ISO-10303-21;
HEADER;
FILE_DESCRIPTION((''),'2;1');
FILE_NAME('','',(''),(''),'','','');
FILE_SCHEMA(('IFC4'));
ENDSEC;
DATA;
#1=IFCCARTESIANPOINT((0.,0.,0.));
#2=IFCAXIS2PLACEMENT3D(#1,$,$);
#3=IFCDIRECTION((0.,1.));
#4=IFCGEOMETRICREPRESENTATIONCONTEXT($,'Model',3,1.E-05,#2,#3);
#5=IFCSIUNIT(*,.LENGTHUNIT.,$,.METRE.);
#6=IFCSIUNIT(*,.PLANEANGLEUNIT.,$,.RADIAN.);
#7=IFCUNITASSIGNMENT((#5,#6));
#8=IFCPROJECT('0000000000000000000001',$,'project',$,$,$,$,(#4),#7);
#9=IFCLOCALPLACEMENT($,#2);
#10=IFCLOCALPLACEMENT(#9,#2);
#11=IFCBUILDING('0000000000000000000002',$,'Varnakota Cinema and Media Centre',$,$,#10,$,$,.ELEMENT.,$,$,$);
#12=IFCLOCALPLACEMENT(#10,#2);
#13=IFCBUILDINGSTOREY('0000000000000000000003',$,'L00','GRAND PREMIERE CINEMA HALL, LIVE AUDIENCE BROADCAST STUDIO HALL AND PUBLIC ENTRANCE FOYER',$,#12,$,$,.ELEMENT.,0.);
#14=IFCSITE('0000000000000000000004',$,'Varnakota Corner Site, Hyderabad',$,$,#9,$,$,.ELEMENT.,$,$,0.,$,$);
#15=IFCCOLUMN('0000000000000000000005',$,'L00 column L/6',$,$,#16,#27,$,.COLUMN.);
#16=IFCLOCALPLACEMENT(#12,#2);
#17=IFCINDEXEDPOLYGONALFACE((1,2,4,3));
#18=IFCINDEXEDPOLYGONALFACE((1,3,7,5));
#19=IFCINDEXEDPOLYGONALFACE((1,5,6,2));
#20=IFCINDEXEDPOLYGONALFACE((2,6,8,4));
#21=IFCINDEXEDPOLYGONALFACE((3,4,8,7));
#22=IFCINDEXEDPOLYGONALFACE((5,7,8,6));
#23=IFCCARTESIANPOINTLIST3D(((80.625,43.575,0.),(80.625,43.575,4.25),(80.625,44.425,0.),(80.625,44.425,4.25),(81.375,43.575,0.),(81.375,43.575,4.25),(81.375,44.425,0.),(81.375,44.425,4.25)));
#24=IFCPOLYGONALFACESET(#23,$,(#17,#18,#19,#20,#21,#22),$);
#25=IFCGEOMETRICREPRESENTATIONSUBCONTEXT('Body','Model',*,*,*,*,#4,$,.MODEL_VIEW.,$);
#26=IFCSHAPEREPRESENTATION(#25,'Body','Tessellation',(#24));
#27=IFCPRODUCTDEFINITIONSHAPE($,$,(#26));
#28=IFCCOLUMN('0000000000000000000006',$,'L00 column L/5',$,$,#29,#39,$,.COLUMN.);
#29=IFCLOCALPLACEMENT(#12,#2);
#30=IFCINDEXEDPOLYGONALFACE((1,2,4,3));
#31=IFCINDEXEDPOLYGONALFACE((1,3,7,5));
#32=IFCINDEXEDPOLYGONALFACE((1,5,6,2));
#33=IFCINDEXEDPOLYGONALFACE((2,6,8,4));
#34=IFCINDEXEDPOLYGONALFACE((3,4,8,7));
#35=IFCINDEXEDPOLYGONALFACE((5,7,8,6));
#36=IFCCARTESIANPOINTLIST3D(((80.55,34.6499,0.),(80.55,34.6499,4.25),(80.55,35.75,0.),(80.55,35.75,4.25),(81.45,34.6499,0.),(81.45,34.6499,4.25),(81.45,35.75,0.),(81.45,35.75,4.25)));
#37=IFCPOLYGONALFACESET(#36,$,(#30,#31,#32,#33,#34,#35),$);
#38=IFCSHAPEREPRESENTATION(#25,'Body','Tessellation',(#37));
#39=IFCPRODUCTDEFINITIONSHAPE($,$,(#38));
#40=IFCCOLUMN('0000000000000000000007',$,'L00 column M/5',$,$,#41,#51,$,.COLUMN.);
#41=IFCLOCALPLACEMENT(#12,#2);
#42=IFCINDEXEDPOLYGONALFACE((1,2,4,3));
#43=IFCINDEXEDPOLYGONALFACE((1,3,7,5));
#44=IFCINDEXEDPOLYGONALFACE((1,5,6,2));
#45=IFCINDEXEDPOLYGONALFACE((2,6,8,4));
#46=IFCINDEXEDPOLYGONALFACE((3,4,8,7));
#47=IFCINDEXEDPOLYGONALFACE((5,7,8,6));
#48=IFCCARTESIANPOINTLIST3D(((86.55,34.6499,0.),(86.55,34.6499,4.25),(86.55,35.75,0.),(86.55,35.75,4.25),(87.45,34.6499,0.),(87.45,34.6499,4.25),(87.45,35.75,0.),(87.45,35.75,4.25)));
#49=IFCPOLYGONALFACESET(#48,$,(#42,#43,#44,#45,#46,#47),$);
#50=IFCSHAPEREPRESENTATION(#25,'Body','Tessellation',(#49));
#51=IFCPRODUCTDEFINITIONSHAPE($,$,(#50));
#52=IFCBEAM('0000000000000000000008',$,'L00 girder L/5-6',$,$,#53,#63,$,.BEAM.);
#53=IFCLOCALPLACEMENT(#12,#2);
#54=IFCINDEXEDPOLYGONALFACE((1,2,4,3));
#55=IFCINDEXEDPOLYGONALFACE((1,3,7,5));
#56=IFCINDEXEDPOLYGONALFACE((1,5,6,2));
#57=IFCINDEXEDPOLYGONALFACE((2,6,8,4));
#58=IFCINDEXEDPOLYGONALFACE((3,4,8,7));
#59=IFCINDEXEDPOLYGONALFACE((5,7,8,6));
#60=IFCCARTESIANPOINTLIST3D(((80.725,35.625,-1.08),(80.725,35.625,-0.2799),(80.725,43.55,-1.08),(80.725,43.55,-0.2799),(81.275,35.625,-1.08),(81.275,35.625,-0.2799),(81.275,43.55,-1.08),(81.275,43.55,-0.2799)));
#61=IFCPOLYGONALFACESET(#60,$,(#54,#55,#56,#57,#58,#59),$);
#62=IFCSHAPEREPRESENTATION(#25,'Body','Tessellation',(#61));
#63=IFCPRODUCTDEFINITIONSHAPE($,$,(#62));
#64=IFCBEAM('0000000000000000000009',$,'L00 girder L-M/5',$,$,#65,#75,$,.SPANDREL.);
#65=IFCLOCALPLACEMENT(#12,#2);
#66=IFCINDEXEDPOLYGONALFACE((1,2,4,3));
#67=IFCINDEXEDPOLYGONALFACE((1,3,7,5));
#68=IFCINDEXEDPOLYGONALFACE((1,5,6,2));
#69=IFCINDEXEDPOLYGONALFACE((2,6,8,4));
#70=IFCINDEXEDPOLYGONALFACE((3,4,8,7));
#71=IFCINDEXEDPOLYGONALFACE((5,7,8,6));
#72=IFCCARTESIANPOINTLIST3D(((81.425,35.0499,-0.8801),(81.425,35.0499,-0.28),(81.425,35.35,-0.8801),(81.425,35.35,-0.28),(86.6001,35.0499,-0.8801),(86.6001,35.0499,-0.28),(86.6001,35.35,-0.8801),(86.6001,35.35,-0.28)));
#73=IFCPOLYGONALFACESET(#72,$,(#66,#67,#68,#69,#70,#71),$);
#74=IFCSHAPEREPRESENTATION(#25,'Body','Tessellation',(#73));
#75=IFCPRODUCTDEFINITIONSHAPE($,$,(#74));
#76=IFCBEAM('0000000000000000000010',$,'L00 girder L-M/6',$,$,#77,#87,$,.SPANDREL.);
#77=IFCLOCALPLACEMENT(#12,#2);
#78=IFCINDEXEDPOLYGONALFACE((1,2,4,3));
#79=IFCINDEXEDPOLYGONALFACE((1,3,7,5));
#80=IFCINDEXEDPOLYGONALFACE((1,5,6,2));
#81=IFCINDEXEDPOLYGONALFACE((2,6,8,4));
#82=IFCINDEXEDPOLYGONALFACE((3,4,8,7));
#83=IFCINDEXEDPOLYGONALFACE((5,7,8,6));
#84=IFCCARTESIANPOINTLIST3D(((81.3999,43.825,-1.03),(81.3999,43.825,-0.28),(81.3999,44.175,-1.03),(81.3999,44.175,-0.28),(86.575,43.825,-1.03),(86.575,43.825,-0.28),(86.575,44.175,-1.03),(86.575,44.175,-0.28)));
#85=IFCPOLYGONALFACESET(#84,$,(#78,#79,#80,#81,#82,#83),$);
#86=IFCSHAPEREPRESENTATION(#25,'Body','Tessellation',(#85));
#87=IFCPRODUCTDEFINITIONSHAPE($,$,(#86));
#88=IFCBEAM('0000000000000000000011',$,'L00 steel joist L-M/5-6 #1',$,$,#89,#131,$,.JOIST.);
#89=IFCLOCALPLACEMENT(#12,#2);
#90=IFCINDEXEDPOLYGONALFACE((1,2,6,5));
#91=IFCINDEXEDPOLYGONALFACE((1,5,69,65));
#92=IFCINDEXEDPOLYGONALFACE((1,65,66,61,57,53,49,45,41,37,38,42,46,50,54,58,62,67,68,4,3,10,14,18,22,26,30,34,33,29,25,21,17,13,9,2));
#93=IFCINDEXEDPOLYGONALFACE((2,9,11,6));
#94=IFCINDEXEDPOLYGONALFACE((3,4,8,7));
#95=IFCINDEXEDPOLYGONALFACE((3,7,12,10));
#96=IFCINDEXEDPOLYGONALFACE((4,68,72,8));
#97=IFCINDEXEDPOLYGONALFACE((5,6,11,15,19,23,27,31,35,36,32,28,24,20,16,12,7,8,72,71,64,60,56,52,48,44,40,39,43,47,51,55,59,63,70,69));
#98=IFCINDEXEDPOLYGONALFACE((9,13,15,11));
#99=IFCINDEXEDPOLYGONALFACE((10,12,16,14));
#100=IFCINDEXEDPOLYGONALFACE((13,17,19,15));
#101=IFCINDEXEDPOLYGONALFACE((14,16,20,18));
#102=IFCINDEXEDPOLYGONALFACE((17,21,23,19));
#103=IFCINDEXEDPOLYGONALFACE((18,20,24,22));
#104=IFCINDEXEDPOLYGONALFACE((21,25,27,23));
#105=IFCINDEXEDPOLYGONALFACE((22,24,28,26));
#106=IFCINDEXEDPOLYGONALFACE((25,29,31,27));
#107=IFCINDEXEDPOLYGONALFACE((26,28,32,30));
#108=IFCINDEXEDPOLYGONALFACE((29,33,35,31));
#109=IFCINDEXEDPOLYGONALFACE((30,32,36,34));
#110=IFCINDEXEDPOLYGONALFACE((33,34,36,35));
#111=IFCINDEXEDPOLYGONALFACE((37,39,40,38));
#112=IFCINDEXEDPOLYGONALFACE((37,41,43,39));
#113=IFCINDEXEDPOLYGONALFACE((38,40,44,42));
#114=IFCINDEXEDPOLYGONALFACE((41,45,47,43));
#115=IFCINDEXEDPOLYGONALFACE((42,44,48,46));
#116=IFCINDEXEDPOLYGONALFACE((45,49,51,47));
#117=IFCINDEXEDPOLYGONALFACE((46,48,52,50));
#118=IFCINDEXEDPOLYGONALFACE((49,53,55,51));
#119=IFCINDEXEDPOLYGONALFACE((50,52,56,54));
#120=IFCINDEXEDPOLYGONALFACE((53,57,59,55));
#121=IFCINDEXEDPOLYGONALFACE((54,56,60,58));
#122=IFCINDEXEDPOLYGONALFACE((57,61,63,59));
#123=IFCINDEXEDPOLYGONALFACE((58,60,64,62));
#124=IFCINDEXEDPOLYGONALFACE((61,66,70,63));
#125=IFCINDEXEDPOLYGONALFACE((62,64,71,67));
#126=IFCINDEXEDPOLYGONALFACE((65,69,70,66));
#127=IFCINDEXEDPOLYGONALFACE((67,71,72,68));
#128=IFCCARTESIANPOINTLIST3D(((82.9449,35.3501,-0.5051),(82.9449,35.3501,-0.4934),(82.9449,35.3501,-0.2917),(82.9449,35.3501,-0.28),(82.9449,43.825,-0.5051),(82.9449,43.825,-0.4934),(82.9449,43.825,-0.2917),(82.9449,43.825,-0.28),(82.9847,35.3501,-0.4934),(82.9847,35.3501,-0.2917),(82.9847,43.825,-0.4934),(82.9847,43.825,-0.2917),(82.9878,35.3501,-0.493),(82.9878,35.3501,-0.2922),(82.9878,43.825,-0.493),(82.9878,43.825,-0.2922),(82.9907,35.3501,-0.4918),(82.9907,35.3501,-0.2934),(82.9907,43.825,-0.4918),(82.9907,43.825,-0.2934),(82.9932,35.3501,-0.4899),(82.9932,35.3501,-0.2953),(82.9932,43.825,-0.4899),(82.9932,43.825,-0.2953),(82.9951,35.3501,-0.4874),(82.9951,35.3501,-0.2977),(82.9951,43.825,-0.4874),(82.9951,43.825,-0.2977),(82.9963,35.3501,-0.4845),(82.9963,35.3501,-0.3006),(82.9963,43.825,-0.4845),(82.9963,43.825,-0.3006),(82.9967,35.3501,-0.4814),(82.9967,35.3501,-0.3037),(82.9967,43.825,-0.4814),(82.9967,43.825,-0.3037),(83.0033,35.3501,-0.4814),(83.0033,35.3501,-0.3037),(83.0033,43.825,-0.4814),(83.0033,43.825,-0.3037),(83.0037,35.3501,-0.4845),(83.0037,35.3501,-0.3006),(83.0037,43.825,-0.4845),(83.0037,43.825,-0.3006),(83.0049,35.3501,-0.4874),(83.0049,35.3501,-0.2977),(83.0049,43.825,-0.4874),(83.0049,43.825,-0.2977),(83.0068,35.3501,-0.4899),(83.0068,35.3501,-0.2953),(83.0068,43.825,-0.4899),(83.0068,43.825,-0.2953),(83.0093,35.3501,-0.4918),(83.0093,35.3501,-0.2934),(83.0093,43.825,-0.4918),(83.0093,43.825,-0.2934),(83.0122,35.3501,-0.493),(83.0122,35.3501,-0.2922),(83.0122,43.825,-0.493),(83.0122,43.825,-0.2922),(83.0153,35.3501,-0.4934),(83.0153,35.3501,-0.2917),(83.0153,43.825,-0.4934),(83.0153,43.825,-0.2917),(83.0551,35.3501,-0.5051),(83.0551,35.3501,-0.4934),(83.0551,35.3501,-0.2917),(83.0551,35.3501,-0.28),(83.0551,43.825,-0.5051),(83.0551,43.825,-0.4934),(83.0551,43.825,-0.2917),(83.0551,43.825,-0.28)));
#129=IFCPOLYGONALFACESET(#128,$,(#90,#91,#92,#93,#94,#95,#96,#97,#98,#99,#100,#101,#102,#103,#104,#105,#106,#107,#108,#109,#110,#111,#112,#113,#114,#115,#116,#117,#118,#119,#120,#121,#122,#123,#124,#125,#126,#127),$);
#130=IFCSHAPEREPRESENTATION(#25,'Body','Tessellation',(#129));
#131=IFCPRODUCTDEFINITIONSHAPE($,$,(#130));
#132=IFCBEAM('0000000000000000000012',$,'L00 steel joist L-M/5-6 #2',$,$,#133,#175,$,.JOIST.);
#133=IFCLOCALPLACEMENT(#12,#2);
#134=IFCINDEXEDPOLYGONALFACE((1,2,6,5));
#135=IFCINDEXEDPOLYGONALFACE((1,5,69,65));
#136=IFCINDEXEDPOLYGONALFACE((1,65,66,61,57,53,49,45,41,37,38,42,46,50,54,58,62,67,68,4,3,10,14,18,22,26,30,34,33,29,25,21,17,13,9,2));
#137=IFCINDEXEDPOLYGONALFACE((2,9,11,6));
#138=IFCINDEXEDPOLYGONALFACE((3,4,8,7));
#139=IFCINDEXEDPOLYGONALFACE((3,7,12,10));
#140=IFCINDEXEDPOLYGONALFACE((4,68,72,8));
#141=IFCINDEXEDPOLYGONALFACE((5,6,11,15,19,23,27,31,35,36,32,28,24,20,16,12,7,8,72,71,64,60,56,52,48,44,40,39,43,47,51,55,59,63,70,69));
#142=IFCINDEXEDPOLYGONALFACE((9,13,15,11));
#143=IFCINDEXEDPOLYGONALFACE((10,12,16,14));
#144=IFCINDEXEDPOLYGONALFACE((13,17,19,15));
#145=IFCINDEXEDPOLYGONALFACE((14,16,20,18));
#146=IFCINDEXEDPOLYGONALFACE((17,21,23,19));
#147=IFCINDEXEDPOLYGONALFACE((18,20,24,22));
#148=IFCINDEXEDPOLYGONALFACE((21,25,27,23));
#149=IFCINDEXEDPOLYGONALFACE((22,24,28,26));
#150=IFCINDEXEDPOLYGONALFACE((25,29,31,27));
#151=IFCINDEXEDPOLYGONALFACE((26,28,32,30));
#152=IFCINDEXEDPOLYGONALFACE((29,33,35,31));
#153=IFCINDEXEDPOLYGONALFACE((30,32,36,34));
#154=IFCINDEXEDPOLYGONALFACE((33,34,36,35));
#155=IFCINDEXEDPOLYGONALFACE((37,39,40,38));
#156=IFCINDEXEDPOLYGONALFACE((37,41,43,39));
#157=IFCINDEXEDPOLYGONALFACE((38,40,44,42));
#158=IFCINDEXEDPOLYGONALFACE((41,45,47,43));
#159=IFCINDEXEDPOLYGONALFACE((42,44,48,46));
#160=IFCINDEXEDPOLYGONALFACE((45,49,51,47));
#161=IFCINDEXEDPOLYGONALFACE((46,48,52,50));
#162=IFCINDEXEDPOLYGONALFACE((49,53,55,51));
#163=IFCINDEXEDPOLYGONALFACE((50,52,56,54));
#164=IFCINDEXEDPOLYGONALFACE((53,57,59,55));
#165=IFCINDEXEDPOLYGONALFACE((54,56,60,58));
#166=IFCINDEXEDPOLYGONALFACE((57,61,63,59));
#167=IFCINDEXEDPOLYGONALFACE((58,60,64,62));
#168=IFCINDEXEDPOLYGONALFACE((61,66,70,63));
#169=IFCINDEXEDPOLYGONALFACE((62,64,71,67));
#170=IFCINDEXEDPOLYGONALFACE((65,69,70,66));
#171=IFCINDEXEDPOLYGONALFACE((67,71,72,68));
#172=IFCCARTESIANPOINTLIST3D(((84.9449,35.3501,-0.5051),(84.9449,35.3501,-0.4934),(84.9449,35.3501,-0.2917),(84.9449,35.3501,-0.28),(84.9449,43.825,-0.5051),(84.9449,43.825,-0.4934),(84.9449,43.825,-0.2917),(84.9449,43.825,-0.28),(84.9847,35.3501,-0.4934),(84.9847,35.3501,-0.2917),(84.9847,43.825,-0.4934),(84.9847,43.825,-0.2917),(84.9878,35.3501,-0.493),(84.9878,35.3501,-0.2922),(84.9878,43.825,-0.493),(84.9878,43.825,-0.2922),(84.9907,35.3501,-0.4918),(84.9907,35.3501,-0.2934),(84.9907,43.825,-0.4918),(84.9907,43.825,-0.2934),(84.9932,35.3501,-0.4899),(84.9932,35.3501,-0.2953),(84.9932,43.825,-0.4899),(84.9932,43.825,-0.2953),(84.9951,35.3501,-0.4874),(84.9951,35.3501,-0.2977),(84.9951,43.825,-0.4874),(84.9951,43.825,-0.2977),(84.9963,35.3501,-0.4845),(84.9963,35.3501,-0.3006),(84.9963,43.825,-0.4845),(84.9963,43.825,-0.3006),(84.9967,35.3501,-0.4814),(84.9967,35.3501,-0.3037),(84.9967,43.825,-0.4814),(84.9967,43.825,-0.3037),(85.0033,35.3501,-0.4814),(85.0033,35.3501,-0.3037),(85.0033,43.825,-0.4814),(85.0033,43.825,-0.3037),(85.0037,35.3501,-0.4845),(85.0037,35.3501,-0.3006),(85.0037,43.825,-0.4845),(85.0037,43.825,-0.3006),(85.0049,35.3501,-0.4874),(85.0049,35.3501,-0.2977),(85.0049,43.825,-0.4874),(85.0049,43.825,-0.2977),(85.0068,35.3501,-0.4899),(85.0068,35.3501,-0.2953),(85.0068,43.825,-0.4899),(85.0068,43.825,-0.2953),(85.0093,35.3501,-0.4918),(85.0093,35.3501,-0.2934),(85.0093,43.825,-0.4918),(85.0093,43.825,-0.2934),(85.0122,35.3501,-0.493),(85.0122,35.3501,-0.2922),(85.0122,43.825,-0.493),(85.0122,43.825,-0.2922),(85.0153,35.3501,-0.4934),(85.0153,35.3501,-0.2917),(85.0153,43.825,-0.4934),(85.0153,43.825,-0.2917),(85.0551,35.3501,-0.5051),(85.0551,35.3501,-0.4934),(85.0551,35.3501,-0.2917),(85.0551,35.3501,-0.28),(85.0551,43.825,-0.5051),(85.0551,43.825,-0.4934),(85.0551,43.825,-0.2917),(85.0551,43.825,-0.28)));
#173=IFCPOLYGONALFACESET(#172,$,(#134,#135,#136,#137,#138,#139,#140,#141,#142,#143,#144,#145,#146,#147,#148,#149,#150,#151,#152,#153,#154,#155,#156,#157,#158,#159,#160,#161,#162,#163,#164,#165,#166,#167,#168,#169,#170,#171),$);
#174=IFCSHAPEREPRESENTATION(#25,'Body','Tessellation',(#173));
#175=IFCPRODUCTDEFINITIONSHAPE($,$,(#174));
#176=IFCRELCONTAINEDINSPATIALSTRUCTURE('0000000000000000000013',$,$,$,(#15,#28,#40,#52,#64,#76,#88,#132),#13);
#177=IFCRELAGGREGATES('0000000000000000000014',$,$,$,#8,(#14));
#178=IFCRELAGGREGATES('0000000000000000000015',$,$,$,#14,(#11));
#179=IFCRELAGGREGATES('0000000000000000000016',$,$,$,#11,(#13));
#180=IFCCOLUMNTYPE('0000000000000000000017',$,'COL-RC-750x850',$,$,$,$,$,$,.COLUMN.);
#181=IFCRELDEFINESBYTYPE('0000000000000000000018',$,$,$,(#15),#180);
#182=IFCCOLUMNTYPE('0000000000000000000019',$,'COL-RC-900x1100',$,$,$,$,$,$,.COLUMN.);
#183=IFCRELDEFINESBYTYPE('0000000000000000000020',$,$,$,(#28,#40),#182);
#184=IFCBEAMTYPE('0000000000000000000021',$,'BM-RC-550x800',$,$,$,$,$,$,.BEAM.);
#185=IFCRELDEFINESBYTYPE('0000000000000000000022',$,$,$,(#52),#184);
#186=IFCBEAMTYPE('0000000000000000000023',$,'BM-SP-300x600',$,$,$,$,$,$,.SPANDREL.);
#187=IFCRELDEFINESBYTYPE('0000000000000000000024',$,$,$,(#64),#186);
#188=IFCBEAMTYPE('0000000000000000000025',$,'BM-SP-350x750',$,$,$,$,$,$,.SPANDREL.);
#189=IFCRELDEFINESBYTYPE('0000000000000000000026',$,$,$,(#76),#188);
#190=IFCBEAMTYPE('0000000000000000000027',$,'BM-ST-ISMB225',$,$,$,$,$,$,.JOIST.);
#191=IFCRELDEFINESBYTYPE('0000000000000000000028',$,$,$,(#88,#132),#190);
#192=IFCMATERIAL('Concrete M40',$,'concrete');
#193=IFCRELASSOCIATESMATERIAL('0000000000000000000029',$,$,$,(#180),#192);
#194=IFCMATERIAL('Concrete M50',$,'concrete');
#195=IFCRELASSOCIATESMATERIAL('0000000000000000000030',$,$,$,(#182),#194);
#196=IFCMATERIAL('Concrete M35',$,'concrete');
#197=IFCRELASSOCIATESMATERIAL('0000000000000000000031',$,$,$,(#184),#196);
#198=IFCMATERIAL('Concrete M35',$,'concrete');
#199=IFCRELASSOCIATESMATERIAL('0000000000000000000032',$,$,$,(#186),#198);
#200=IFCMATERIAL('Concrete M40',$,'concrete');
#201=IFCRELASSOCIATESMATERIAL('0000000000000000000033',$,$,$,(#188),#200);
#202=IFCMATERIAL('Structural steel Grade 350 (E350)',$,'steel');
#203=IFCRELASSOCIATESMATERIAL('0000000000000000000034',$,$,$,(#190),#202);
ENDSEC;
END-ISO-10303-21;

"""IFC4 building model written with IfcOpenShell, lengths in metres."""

from ifc_helpers import new_model, si_unit, direction, frame, origin, origin_2d, place, context, subcontext, project, spatial, rectangle, i_section, extrude, material, material_profile, profile_set, type_object, element, save


model = new_model("IFC4")

# Units and contexts
model_context = context("Model", 3, precision=1e-05, world=origin(), true_north=direction((0.0, 1.0)))
body_context = subcontext(model_context, "Body", "Model", "MODEL_VIEW")
ifc_project = project(units=[si_unit("LENGTHUNIT", "METRE"), si_unit("PLANEANGLEUNIT", "RADIAN")], contexts=[model_context])

# Site, building, storey
site_placement = place(None, origin())
site = spatial("IfcSite", under=ifc_project, at=site_placement, Name="Varnakota Corner Site, Hyderabad", CompositionType="ELEMENT", RefElevation=0.0)
building_placement = place(site_placement, origin())
building = spatial("IfcBuilding", under=site, at=building_placement, Name="Varnakota Cinema and Media Centre", CompositionType="ELEMENT")
storey_placement = place(building_placement, origin())
storey = spatial("IfcBuildingStorey", under=building, at=storey_placement, Name="L00", Description="GRAND PREMIERE CINEMA HALL, LIVE AUDIENCE BROADCAST STUDIO HALL AND PUBLIC ENTRANCE FOYER", CompositionType="ELEMENT", Elevation=0.0)

# Columns
ifc_material_1 = material(Name="Concrete M40", Category="concrete")
ifc_material_profile_1 = material_profile(ifc_material_1, rectangle(XDim=0.75, YDim=0.8501, at=origin_2d()), Name="RC 750x850")
ifc_profile_set_1 = profile_set([ifc_material_profile_1], Name="Concrete M40")
column_type_1 = type_object("IfcColumnType", Name="COL-RC-750x850", PredefinedType="COLUMN", material=ifc_profile_set_1)
column_placement = place(storey_placement, frame((81.0, 44.0, 0.0), z_axis=(0.0, 0.0, 1.0), x_axis=(1.0, 0.0, 0.0)))
element("IfcColumn", 1, at=column_placement, inside=storey, type_object=column_type_1, Name="L00 column L/6", PredefinedType="COLUMN", context=body_context, shape_type="SweptSolid", body=[
    extrude(rectangle(XDim=0.75, YDim=0.8501, at=origin_2d()), origin(), (0.0, 0.0, 1.0), 4.25),
])
ifc_material_2 = material(Name="Concrete M50", Category="concrete")
ifc_material_profile_2 = material_profile(ifc_material_2, rectangle(XDim=0.8999, YDim=1.1001, at=origin_2d()), Name="RC 900x1100")
ifc_profile_set_2 = profile_set([ifc_material_profile_2], Name="Concrete M50")
column_type_2 = type_object("IfcColumnType", Name="COL-RC-900x1100", PredefinedType="COLUMN", material=ifc_profile_set_2)
for number, where, z_axis, x_axis, name in (
    (2, (81.0, 35.2, 0.0), (0.0, 0.0, 1.0), (1.0, 0.0, 0.0), "L00 column L/5"),
    (3, (87.0, 35.2, 0.0), (0.0, 0.0, 1.0), (1.0, 0.0, 0.0), "L00 column M/5"),
):
    element("IfcColumn", number, at=place(storey_placement, frame(where, z_axis=z_axis, x_axis=x_axis)), inside=storey, type_object=column_type_2, Name=name, PredefinedType="COLUMN", context=body_context, shape_type="SweptSolid", body=[
        extrude(rectangle(XDim=0.8999, YDim=1.1001, at=origin_2d()), origin(), (0.0, 0.0, 1.0), 4.25),
    ])

# Beams
ifc_material_3 = material(Name="Concrete M35", Category="concrete")
ifc_material_profile_3 = material_profile(ifc_material_3, rectangle(XDim=0.55, YDim=0.8, at=origin_2d()), Name="RCB 550x800")
ifc_profile_set_3 = profile_set([ifc_material_profile_3], Name="Concrete M35")
beam_type_1 = type_object("IfcBeamType", Name="BM-RC-550x800", PredefinedType="BEAM", material=ifc_profile_set_3)
beam_1_placement = place(storey_placement, frame((81.0, 35.625, -0.6799), z_axis=(0.0, 1.0, 0.0), x_axis=(-1.0, 0.0, 0.0)))
element("IfcBeam", 4, at=beam_1_placement, inside=storey, type_object=beam_type_1, Name="L00 girder L/5-6", PredefinedType="BEAM", context=body_context, shape_type="SweptSolid", body=[
    extrude(rectangle(XDim=0.55, YDim=0.8, at=origin_2d()), origin(), (0.0, 0.0, 1.0), 7.925),
])
ifc_material_4 = material(Name="Concrete M35", Category="concrete")
ifc_material_profile_4 = material_profile(ifc_material_4, rectangle(XDim=0.3, YDim=0.6001, at=origin_2d()), Name="RCB 300x600")
ifc_profile_set_4 = profile_set([ifc_material_profile_4], Name="Concrete M35")
beam_type_2 = type_object("IfcBeamType", Name="BM-SP-300x600", PredefinedType="SPANDREL", material=ifc_profile_set_4)
beam_2_placement = place(storey_placement, frame((81.425, 35.2, -0.5801), z_axis=(1.0, 0.0, 0.0), x_axis=(0.0, 1.0, 0.0)))
element("IfcBeam", 5, at=beam_2_placement, inside=storey, type_object=beam_type_2, Name="L00 girder L-M/5", PredefinedType="SPANDREL", context=body_context, shape_type="SweptSolid", body=[
    extrude(rectangle(XDim=0.3, YDim=0.6001, at=origin_2d()), origin(), (0.0, 0.0, 1.0), 5.175),
])
ifc_material_5 = material(Name="Concrete M40", Category="concrete")
ifc_material_profile_5 = material_profile(ifc_material_5, rectangle(XDim=0.3501, YDim=0.75, at=origin_2d()), Name="RCB 350x750")
ifc_profile_set_5 = profile_set([ifc_material_profile_5], Name="Concrete M40")
beam_type_3 = type_object("IfcBeamType", Name="BM-SP-350x750", PredefinedType="SPANDREL", material=ifc_profile_set_5)
beam_3_placement = place(storey_placement, frame((81.3999, 44.0, -0.655), z_axis=(1.0, 0.0, 0.0), x_axis=(0.0, 1.0, 0.0)))
element("IfcBeam", 6, at=beam_3_placement, inside=storey, type_object=beam_type_3, Name="L00 girder L-M/6", PredefinedType="SPANDREL", context=body_context, shape_type="SweptSolid", body=[
    extrude(rectangle(XDim=0.3501, YDim=0.75, at=origin_2d()), origin(), (0.0, 0.0, 1.0), 5.175),
])
ifc_material_6 = material(Name="Structural steel Grade 350 (E350)", Category="steel")
ifc_material_profile_6 = material_profile(ifc_material_6, i_section(OverallWidth=0.1101, OverallDepth=0.2251, WebThickness=0.0066, FlangeThickness=0.0117, FilletRadius=0.012, at=origin_2d()), Name="ISMB 225")
ifc_profile_set_6 = profile_set([ifc_material_profile_6], Name="Structural steel Grade 350 (E350)")
beam_type_4 = type_object("IfcBeamType", Name="BM-ST-ISMB225", PredefinedType="JOIST", material=ifc_profile_set_6)
for number, where, z_axis, x_axis, name in (
    (7, (83.0, 35.3501, -0.3926), (0.0, 1.0, 0.0), (-1.0, 0.0, 0.0), "L00 steel joist L-M/5-6 #1"),
    (8, (85.0, 35.3501, -0.3926), (0.0, 1.0, 0.0), (-1.0, 0.0, 0.0), "L00 steel joist L-M/5-6 #2"),
):
    element("IfcBeam", number, at=place(storey_placement, frame(where, z_axis=z_axis, x_axis=x_axis)), inside=storey, type_object=beam_type_4, Name=name, PredefinedType="JOIST", context=body_context, shape_type="SweptSolid", body=[
        extrude(i_section(OverallWidth=0.1101, OverallDepth=0.2251, WebThickness=0.0066, FlangeThickness=0.0117, FilletRadius=0.012, at=origin_2d()), origin(), (0.0, 0.0, 1.0), 8.4749),
    ])

save(model, "model.ifc")
